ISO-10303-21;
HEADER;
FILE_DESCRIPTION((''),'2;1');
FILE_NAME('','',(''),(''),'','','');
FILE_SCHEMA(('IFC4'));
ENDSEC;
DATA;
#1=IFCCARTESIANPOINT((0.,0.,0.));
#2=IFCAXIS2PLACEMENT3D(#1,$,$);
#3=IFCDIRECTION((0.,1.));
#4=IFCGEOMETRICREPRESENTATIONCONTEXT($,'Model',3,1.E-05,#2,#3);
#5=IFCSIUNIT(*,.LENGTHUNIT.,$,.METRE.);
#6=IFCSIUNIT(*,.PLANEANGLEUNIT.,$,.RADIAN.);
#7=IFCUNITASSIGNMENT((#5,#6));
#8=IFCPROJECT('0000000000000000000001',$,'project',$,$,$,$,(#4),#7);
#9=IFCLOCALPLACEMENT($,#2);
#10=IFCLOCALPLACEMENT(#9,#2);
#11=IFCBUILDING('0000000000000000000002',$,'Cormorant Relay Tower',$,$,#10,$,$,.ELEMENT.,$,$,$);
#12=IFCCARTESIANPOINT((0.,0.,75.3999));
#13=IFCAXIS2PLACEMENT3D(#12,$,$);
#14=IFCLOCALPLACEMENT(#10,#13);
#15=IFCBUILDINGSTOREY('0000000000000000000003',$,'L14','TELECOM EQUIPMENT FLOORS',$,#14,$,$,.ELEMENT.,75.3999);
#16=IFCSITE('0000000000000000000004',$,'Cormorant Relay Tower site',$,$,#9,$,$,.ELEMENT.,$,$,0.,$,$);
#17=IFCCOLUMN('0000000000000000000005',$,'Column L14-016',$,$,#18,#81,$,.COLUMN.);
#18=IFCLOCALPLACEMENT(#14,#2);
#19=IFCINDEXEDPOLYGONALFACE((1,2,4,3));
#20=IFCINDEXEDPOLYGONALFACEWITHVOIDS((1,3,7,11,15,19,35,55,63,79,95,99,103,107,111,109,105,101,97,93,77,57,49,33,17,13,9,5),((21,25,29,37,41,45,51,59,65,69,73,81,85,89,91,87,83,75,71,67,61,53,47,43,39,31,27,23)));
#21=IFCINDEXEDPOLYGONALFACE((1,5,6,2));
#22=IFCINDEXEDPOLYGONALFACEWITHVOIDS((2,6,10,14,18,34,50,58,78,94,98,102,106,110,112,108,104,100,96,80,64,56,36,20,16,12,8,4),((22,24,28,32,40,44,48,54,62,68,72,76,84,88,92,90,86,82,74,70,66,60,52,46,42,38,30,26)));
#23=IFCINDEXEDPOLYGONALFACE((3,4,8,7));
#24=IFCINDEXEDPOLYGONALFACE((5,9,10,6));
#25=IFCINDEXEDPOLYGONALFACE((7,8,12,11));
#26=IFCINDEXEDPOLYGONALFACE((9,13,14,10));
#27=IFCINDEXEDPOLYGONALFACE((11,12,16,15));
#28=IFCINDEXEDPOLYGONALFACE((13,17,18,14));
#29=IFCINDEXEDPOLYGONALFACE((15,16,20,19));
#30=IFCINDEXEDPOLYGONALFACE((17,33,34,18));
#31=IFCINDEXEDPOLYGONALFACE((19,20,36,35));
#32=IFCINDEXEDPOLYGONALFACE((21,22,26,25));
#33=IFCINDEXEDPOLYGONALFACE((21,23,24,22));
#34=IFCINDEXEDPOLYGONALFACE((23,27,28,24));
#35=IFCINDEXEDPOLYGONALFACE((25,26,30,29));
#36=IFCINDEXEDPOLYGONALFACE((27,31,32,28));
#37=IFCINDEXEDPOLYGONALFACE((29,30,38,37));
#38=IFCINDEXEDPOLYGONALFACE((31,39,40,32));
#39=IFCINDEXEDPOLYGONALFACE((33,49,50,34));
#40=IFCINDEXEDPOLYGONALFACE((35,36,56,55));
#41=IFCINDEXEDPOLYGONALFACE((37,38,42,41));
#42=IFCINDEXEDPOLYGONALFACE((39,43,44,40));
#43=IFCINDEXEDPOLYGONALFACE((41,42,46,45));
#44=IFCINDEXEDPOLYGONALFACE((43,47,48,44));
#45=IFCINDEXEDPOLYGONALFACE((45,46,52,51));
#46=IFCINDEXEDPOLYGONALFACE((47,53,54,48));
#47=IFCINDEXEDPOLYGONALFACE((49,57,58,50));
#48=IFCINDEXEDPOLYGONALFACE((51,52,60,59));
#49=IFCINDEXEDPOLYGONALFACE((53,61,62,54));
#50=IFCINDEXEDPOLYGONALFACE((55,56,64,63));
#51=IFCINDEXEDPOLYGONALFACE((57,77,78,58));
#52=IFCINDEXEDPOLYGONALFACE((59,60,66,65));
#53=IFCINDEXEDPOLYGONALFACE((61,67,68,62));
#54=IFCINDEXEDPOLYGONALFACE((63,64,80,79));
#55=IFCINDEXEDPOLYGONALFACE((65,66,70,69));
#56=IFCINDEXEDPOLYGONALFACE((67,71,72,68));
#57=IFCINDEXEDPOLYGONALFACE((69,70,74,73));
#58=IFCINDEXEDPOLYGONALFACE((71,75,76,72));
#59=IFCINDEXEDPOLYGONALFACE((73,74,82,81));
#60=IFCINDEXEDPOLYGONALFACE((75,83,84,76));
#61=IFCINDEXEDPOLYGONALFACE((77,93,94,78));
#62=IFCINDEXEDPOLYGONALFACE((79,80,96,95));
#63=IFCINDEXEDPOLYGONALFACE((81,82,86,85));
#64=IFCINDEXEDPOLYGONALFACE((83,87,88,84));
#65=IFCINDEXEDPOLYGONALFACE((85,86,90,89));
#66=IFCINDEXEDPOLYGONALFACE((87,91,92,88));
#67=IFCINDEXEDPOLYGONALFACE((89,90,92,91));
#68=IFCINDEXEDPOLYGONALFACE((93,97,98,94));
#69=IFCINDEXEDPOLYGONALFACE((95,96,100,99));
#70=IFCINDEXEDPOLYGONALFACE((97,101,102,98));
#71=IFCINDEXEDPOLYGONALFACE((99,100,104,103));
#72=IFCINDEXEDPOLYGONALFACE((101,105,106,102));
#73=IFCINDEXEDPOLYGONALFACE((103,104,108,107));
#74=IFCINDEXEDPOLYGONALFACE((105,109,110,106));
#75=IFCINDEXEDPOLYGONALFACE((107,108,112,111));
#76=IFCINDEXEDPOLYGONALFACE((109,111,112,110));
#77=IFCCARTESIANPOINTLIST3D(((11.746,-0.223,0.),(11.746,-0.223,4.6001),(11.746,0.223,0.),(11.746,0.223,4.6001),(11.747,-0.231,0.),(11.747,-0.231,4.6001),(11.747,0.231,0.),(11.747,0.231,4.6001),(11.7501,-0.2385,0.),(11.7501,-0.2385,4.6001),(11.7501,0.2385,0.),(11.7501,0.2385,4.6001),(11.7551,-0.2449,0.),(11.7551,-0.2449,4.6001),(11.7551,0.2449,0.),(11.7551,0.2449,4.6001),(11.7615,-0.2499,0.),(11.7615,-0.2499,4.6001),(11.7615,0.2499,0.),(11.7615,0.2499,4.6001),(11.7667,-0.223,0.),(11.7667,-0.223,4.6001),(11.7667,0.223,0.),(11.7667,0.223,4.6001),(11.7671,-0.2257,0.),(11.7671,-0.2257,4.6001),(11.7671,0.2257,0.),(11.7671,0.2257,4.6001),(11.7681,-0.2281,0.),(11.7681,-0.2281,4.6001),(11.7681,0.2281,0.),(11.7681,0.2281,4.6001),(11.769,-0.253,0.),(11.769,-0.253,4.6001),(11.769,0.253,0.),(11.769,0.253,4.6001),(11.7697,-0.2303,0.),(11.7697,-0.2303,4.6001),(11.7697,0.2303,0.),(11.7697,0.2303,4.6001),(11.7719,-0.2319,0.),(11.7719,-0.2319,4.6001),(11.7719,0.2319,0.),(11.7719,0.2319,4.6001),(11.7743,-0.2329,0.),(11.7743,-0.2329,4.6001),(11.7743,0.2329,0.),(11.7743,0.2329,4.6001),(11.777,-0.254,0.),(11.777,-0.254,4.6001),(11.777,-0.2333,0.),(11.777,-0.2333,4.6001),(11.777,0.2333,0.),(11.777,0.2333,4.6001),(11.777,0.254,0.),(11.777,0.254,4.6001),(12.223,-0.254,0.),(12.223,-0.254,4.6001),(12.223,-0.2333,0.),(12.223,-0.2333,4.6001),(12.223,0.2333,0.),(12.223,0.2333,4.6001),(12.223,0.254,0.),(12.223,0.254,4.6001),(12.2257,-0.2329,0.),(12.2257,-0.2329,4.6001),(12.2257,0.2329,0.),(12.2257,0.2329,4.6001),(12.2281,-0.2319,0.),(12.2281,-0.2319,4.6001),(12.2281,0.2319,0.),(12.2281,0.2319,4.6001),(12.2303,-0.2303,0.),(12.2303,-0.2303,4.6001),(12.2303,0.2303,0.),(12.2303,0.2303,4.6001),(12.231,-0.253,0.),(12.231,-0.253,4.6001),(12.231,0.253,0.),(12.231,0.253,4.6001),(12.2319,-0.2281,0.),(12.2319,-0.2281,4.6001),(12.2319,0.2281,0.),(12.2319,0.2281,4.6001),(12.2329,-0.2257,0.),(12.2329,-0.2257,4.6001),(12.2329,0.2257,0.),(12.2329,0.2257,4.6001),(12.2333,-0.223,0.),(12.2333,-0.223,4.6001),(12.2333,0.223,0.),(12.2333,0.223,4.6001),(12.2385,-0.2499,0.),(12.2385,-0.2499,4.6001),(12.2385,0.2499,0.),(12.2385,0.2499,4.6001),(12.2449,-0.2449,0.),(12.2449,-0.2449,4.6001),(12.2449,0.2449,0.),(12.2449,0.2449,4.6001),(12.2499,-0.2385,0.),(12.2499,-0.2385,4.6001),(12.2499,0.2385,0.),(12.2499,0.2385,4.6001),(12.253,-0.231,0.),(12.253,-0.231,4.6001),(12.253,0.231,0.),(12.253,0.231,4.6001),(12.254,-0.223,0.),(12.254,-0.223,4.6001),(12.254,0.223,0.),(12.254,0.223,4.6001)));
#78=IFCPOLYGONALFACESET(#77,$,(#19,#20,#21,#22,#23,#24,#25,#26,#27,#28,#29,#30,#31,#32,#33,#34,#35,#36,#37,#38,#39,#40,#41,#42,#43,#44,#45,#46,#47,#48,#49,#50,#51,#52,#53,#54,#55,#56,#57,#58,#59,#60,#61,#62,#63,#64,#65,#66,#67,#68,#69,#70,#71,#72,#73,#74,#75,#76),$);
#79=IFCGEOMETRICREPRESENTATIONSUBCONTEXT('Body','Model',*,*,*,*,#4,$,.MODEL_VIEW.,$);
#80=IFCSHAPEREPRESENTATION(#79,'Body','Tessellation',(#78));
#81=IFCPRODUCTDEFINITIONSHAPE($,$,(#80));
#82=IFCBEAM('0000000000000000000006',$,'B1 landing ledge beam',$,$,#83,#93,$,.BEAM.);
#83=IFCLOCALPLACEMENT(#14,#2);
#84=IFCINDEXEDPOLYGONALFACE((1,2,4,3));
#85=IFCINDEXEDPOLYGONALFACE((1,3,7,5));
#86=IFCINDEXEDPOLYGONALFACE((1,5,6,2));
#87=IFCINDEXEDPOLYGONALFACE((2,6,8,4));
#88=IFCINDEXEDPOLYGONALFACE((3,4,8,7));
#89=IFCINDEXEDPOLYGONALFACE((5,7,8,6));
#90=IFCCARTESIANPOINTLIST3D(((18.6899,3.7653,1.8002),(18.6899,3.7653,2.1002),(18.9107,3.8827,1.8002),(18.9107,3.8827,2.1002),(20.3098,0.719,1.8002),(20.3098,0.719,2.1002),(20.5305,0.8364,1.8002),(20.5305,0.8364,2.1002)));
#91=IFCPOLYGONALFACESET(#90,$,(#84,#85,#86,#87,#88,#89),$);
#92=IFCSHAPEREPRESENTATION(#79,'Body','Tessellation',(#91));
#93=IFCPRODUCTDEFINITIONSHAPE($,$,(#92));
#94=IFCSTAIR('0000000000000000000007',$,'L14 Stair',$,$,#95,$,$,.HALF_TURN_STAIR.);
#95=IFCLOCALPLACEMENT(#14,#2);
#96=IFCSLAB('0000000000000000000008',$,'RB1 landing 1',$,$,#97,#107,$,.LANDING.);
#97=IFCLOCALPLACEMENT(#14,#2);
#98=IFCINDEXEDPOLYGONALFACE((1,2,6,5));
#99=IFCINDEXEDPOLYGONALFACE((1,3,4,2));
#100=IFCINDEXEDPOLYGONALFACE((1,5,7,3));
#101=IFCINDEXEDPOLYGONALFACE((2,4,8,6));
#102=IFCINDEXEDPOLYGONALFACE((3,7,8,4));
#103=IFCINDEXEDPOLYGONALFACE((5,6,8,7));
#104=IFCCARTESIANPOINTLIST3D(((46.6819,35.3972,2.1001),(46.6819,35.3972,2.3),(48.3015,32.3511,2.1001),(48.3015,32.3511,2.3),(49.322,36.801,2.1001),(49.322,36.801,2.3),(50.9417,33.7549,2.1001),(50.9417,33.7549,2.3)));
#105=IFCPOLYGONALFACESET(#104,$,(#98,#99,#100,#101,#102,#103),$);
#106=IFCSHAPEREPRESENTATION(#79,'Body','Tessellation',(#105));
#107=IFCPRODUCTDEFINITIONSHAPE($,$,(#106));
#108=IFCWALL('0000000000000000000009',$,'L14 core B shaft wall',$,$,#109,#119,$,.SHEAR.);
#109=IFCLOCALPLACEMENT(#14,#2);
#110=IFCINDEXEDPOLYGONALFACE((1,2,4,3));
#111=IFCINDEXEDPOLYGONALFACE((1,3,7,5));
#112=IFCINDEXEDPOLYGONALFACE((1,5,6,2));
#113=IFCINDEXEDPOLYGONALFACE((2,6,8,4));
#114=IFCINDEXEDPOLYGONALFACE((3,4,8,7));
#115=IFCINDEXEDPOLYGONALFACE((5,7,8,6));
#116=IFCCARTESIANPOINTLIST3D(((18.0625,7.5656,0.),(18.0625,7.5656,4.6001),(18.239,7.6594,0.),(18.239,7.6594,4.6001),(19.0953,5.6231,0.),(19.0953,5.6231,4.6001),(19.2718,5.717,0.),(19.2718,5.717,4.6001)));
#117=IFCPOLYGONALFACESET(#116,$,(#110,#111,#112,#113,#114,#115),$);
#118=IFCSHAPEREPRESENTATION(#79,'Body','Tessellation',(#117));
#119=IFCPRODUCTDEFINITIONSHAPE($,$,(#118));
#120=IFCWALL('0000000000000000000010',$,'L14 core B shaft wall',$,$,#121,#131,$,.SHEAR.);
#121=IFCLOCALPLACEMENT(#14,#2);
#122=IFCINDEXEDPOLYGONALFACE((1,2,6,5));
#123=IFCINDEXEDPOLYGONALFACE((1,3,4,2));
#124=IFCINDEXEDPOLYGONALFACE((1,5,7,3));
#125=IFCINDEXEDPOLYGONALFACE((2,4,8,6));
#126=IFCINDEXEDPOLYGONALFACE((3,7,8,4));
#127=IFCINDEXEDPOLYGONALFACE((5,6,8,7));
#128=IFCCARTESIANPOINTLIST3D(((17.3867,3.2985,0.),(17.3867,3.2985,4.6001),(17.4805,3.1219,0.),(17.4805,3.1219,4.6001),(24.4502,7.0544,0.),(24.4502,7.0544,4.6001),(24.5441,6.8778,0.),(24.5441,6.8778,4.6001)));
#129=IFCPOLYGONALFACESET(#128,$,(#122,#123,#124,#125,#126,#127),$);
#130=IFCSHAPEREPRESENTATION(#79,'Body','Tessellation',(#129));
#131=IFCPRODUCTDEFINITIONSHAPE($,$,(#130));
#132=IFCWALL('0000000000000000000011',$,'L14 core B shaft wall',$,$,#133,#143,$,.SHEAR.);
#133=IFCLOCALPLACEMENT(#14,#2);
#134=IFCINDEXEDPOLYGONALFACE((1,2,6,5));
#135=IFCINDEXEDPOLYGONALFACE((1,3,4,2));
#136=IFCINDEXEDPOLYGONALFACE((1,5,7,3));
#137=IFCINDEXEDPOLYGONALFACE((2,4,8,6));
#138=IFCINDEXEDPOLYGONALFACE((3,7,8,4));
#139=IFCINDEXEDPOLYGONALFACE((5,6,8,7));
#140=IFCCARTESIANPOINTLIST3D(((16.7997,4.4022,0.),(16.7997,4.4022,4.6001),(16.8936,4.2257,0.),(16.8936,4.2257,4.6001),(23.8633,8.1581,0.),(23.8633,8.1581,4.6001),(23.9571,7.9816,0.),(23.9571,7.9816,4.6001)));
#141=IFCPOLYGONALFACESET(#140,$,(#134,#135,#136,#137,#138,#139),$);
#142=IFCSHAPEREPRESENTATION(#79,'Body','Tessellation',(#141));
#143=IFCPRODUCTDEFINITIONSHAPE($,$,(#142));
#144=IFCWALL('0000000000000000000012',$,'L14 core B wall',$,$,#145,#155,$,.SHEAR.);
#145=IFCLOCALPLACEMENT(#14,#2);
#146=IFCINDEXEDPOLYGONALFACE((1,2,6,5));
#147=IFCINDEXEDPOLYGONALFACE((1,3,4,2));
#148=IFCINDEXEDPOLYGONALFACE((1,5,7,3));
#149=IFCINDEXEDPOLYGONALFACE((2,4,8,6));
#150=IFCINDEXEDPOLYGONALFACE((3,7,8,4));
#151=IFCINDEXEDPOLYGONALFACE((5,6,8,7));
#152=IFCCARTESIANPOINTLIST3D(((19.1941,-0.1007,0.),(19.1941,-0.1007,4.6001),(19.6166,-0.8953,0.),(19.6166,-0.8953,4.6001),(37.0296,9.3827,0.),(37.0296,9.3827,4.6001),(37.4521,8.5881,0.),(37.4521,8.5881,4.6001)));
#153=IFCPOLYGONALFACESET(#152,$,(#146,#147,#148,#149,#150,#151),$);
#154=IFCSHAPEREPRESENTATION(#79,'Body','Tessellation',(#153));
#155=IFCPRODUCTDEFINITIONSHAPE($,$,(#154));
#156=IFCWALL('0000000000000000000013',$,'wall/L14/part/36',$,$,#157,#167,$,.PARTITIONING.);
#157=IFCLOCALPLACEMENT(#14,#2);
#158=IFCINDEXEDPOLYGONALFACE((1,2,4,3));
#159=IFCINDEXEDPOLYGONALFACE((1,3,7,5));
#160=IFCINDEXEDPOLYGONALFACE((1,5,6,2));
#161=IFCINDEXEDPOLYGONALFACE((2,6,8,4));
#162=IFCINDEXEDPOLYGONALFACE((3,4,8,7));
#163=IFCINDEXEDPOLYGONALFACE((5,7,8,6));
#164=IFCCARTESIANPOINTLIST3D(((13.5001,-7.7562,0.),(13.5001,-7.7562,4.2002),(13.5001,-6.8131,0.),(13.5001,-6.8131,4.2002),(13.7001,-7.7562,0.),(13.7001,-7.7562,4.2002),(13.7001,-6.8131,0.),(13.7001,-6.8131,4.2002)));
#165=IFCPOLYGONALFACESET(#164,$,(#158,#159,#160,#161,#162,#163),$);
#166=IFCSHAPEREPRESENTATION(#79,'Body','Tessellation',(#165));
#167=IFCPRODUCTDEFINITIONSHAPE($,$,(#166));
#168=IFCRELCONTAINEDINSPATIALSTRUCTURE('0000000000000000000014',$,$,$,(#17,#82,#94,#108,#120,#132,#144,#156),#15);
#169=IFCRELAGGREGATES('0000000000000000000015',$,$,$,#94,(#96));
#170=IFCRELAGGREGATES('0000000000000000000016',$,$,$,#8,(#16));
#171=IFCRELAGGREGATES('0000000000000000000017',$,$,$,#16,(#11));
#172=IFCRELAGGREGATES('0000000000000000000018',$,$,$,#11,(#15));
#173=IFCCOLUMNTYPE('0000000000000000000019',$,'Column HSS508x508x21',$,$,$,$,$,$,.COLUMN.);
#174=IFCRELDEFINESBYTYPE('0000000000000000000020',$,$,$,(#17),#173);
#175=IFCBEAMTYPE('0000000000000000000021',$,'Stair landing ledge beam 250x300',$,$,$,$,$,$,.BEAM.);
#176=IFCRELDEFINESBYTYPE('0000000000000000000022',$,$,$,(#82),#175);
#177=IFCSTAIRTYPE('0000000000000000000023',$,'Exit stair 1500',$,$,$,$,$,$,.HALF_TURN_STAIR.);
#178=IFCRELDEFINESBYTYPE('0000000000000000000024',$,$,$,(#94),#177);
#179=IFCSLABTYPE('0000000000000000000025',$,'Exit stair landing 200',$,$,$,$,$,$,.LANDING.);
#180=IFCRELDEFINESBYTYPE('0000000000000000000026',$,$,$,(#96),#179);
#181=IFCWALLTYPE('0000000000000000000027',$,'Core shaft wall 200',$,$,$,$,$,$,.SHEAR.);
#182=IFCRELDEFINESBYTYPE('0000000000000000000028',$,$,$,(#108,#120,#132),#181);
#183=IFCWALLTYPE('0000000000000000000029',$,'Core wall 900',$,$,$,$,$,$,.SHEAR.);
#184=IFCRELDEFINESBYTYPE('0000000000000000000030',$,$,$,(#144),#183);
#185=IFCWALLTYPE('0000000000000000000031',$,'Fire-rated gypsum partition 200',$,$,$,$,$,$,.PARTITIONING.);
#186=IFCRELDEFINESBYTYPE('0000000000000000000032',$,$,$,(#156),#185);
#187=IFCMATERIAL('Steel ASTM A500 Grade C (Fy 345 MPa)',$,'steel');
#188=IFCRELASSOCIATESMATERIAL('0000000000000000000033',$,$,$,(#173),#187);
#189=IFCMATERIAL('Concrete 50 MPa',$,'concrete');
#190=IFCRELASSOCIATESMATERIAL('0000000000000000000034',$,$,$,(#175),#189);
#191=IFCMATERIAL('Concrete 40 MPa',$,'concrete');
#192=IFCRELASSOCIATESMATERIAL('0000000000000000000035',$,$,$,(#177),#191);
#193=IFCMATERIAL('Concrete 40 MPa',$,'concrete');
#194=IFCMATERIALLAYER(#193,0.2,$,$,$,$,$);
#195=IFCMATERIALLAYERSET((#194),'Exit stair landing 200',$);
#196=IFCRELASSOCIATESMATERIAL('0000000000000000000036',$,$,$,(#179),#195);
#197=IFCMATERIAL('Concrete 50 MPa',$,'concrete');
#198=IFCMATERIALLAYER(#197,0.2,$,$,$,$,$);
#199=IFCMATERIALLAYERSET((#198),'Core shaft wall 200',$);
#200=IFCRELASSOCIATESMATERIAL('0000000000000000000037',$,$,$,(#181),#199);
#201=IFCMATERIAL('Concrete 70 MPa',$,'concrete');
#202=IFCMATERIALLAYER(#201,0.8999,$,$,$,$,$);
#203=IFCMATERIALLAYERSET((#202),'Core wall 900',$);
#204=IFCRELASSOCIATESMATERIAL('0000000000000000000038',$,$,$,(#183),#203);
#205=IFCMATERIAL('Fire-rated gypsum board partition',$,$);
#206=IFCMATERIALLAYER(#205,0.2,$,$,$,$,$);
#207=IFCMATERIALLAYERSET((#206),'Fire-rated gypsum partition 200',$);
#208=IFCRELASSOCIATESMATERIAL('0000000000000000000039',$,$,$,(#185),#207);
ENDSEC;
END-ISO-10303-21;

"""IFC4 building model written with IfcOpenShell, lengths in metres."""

from ifc_helpers import new_model, si_unit, direction, frame, frame_2d, origin, origin_2d, place, context, subcontext, project, spatial, polyline, rectangle, hollow_rectangle, outline, extrude, material, layer, layer_set, material_profile, profile_set, type_object, element, aggregate, save


model = new_model("IFC4")

# Units and contexts
model_context = context("Model", 3, precision=1e-05, world=origin(), true_north=direction((0.0, 1.0)))
body_context = subcontext(model_context, "Body", "Model", "MODEL_VIEW")
ifc_project = project(units=[si_unit("LENGTHUNIT", "METRE"), si_unit("PLANEANGLEUNIT", "RADIAN")], contexts=[model_context])

# Site, building, storey
site_placement = place(None, origin())
site = spatial("IfcSite", under=ifc_project, at=site_placement, Name="Cormorant Relay Tower site", CompositionType="ELEMENT", RefElevation=0.0)
building_placement = place(site_placement, origin())
building = spatial("IfcBuilding", under=site, at=building_placement, Name="Cormorant Relay Tower", CompositionType="ELEMENT")
storey_placement = place(building_placement, frame((0.0, 0.0, 75.3999)))
storey = spatial("IfcBuildingStorey", under=building, at=storey_placement, Name="L14", Description="TELECOM EQUIPMENT FLOORS", CompositionType="ELEMENT", Elevation=75.3999)

# Column
ifc_material_1 = material(Name="Steel ASTM A500 Grade C (Fy 345 MPa)", Category="steel")
ifc_material_profile_1 = material_profile(ifc_material_1, hollow_rectangle(XDim=0.5081, YDim=0.5081, WallThickness=0.0208, InnerFilletRadius=0.0103, OuterFilletRadius=0.031, at=origin_2d()), Name="HSS508x508x21")
ifc_profile_set_1 = profile_set([ifc_material_profile_1], Name="Steel ASTM A500 Grade C (Fy 345 MPa)")
column_type = type_object("IfcColumnType", Name="Column HSS508x508x21", PredefinedType="COLUMN", material=ifc_profile_set_1)
column_placement = place(storey_placement, frame((12.0, 0.0, 0.0), z_axis=(0.0, 0.0, 1.0), x_axis=(1.0, 0.0, 0.0)))
element("IfcColumn", 1, at=column_placement, inside=storey, type_object=column_type, Name="Column L14-016", PredefinedType="COLUMN", context=body_context, shape_type="SweptSolid", body=[
    extrude(hollow_rectangle(XDim=0.5081, YDim=0.5081, WallThickness=0.0208, InnerFilletRadius=0.0103, OuterFilletRadius=0.031, at=origin_2d()), origin(), (0.0, 0.0, 1.0), 4.6001),
])

# Beam
ifc_material_2 = material(Name="Concrete 50 MPa", Category="concrete")
ifc_material_profile_2 = material_profile(ifc_material_2, rectangle(XDim=0.25, YDim=0.3, at=origin_2d()), Name="RC 250x300")
ifc_profile_set_2 = profile_set([ifc_material_profile_2], Name="Concrete 50 MPa")
beam_type = type_object("IfcBeamType", Name="Stair landing ledge beam 250x300", PredefinedType="BEAM", material=ifc_profile_set_2)
beam_placement = place(storey_placement, frame((18.8003, 3.824, 1.9502), z_axis=(0.46949, -0.882938, 0.0), x_axis=(0.882938, 0.46949, 0.0)))
element("IfcBeam", 2, at=beam_placement, inside=storey, type_object=beam_type, Name="B1 landing ledge beam", PredefinedType="BEAM", context=body_context, shape_type="SweptSolid", body=[
    extrude(rectangle(XDim=0.25, YDim=0.3, at=origin_2d()), origin(), (0.0, 0.0, 1.0), 3.4502),
])

# Stair, slab
ifc_material_3 = material(Name="Concrete 40 MPa", Category="concrete")
stair_type = type_object("IfcStairType", Name="Exit stair 1500", PredefinedType="HALF_TURN_STAIR", material=ifc_material_3)
stair_1_placement = place(storey_placement, origin())
stair_1 = element("IfcStair", 3, at=stair_1_placement, inside=storey, type_object=stair_type, Name="L14 Stair", PredefinedType="HALF_TURN_STAIR")
ifc_material_4 = material(Name="Concrete 40 MPa", Category="concrete")
ifc_layer_1 = layer(ifc_material_4, 0.2)
ifc_layer_set_1 = layer_set([ifc_layer_1], Name="Exit stair landing 200")
slab_type = type_object("IfcSlabType", Name="Exit stair landing 200", PredefinedType="LANDING", material=ifc_layer_set_1)
slab_placement = place(storey_placement, frame((0.0, 0.0, 2.1001)))
slab = element("IfcSlab", 4, at=slab_placement, type_object=slab_type, Name="RB1 landing 1", PredefinedType="LANDING", context=body_context, shape_type="SweptSolid", body=[
    extrude(outline(polyline([(48.3015, 32.3511), (50.9417, 33.7549), (49.322, 36.801), (46.6819, 35.3972), (48.3015, 32.3511)])), origin(), (0.0, 0.0, 1.0), 0.2),
])
aggregate(stair_1, [slab])

# Walls
ifc_material_5 = material(Name="Concrete 50 MPa", Category="concrete")
ifc_layer_2 = layer(ifc_material_5, 0.2)
ifc_layer_set_2 = layer_set([ifc_layer_2], Name="Core shaft wall 200")
wall_type_1 = type_object("IfcWallType", Name="Core shaft wall 200", PredefinedType="SHEAR", material=ifc_layer_set_2)
wall_1_placement = place(storey_placement, frame((19.1836, 5.6699, 0.0), z_axis=(0.0, 0.0, 1.0), x_axis=(-0.469447, 0.88296, 0.0)))
element("IfcWall", 5, at=wall_1_placement, inside=storey, type_object=wall_type_1, Name="L14 core B shaft wall", PredefinedType="SHEAR", context=body_context, shape_type="SweptSolid", body=[
    extrude(rectangle(XDim=2.2, YDim=0.2, at=frame_2d((1.1001, 0.0))), origin(), (0.0, 0.0, 1.0), 4.6001),
])
for number, where, z_axis, x_axis, name in (
    (6, (17.4336, 3.2102, 0.0), (0.0, 0.0, 1.0), (0.88294, 0.469485, 0.0), "L14 core B shaft wall"),
    (7, (16.8467, 4.314, 0.0), (0.0, 0.0, 1.0), (0.88294, 0.469485, 0.0), "L14 core B shaft wall"),
):
    element("IfcWall", number, at=place(storey_placement, frame(where, z_axis=z_axis, x_axis=x_axis)), inside=storey, type_object=wall_type_1, Name=name, PredefinedType="SHEAR", context=body_context, shape_type="SweptSolid", body=[
        extrude(rectangle(XDim=8.0, YDim=0.2, at=frame_2d((4.0, 0.0))), origin(), (0.0, 0.0, 1.0), 4.6001),
    ])

# Shared definitions
ifc_material_6 = material(Name="Concrete 70 MPa", Category="concrete")
ifc_layer_3 = layer(ifc_material_6, 0.8999)
ifc_layer_set_3 = layer_set([ifc_layer_3], Name="Core wall 900")
wall_type_2 = type_object("IfcWallType", Name="Core wall 900", PredefinedType="SHEAR", material=ifc_layer_set_3)

# Walls
wall_2_placement = place(storey_placement, frame((19.4053, -0.498, 0.0), z_axis=(0.0, 0.0, 1.0), x_axis=(0.882945, 0.469476, 0.0)))
element("IfcWall", 8, at=wall_2_placement, inside=storey, type_object=wall_type_2, Name="L14 core B wall", PredefinedType="SHEAR", context=body_context, shape_type="SweptSolid", body=[
    extrude(rectangle(XDim=20.2, YDim=0.8999, at=frame_2d((10.1001, 0.0))), origin(), (0.0, 0.0, 1.0), 4.6001),
])
ifc_material_7 = material(Name="Fire-rated gypsum board partition")
ifc_layer_4 = layer(ifc_material_7, 0.2)
ifc_layer_set_4 = layer_set([ifc_layer_4], Name="Fire-rated gypsum partition 200")
wall_type_3 = type_object("IfcWallType", Name="Fire-rated gypsum partition 200", PredefinedType="PARTITIONING", material=ifc_layer_set_4)
wall_3_placement = place(storey_placement, frame((13.6001, -6.813, 0.0), z_axis=(0.0, 0.0, 1.0), x_axis=(0.0, -1.0, 0.0)))
element("IfcWall", 9, at=wall_3_placement, inside=storey, type_object=wall_type_3, Name="wall/L14/part/36", PredefinedType="PARTITIONING", context=body_context, shape_type="SweptSolid", body=[
    extrude(rectangle(XDim=0.9431, YDim=0.2, at=frame_2d((0.4717, 0.0))), origin(), (0.0, 0.0, 1.0), 4.2002),
])

save(model, "model.ifc")
